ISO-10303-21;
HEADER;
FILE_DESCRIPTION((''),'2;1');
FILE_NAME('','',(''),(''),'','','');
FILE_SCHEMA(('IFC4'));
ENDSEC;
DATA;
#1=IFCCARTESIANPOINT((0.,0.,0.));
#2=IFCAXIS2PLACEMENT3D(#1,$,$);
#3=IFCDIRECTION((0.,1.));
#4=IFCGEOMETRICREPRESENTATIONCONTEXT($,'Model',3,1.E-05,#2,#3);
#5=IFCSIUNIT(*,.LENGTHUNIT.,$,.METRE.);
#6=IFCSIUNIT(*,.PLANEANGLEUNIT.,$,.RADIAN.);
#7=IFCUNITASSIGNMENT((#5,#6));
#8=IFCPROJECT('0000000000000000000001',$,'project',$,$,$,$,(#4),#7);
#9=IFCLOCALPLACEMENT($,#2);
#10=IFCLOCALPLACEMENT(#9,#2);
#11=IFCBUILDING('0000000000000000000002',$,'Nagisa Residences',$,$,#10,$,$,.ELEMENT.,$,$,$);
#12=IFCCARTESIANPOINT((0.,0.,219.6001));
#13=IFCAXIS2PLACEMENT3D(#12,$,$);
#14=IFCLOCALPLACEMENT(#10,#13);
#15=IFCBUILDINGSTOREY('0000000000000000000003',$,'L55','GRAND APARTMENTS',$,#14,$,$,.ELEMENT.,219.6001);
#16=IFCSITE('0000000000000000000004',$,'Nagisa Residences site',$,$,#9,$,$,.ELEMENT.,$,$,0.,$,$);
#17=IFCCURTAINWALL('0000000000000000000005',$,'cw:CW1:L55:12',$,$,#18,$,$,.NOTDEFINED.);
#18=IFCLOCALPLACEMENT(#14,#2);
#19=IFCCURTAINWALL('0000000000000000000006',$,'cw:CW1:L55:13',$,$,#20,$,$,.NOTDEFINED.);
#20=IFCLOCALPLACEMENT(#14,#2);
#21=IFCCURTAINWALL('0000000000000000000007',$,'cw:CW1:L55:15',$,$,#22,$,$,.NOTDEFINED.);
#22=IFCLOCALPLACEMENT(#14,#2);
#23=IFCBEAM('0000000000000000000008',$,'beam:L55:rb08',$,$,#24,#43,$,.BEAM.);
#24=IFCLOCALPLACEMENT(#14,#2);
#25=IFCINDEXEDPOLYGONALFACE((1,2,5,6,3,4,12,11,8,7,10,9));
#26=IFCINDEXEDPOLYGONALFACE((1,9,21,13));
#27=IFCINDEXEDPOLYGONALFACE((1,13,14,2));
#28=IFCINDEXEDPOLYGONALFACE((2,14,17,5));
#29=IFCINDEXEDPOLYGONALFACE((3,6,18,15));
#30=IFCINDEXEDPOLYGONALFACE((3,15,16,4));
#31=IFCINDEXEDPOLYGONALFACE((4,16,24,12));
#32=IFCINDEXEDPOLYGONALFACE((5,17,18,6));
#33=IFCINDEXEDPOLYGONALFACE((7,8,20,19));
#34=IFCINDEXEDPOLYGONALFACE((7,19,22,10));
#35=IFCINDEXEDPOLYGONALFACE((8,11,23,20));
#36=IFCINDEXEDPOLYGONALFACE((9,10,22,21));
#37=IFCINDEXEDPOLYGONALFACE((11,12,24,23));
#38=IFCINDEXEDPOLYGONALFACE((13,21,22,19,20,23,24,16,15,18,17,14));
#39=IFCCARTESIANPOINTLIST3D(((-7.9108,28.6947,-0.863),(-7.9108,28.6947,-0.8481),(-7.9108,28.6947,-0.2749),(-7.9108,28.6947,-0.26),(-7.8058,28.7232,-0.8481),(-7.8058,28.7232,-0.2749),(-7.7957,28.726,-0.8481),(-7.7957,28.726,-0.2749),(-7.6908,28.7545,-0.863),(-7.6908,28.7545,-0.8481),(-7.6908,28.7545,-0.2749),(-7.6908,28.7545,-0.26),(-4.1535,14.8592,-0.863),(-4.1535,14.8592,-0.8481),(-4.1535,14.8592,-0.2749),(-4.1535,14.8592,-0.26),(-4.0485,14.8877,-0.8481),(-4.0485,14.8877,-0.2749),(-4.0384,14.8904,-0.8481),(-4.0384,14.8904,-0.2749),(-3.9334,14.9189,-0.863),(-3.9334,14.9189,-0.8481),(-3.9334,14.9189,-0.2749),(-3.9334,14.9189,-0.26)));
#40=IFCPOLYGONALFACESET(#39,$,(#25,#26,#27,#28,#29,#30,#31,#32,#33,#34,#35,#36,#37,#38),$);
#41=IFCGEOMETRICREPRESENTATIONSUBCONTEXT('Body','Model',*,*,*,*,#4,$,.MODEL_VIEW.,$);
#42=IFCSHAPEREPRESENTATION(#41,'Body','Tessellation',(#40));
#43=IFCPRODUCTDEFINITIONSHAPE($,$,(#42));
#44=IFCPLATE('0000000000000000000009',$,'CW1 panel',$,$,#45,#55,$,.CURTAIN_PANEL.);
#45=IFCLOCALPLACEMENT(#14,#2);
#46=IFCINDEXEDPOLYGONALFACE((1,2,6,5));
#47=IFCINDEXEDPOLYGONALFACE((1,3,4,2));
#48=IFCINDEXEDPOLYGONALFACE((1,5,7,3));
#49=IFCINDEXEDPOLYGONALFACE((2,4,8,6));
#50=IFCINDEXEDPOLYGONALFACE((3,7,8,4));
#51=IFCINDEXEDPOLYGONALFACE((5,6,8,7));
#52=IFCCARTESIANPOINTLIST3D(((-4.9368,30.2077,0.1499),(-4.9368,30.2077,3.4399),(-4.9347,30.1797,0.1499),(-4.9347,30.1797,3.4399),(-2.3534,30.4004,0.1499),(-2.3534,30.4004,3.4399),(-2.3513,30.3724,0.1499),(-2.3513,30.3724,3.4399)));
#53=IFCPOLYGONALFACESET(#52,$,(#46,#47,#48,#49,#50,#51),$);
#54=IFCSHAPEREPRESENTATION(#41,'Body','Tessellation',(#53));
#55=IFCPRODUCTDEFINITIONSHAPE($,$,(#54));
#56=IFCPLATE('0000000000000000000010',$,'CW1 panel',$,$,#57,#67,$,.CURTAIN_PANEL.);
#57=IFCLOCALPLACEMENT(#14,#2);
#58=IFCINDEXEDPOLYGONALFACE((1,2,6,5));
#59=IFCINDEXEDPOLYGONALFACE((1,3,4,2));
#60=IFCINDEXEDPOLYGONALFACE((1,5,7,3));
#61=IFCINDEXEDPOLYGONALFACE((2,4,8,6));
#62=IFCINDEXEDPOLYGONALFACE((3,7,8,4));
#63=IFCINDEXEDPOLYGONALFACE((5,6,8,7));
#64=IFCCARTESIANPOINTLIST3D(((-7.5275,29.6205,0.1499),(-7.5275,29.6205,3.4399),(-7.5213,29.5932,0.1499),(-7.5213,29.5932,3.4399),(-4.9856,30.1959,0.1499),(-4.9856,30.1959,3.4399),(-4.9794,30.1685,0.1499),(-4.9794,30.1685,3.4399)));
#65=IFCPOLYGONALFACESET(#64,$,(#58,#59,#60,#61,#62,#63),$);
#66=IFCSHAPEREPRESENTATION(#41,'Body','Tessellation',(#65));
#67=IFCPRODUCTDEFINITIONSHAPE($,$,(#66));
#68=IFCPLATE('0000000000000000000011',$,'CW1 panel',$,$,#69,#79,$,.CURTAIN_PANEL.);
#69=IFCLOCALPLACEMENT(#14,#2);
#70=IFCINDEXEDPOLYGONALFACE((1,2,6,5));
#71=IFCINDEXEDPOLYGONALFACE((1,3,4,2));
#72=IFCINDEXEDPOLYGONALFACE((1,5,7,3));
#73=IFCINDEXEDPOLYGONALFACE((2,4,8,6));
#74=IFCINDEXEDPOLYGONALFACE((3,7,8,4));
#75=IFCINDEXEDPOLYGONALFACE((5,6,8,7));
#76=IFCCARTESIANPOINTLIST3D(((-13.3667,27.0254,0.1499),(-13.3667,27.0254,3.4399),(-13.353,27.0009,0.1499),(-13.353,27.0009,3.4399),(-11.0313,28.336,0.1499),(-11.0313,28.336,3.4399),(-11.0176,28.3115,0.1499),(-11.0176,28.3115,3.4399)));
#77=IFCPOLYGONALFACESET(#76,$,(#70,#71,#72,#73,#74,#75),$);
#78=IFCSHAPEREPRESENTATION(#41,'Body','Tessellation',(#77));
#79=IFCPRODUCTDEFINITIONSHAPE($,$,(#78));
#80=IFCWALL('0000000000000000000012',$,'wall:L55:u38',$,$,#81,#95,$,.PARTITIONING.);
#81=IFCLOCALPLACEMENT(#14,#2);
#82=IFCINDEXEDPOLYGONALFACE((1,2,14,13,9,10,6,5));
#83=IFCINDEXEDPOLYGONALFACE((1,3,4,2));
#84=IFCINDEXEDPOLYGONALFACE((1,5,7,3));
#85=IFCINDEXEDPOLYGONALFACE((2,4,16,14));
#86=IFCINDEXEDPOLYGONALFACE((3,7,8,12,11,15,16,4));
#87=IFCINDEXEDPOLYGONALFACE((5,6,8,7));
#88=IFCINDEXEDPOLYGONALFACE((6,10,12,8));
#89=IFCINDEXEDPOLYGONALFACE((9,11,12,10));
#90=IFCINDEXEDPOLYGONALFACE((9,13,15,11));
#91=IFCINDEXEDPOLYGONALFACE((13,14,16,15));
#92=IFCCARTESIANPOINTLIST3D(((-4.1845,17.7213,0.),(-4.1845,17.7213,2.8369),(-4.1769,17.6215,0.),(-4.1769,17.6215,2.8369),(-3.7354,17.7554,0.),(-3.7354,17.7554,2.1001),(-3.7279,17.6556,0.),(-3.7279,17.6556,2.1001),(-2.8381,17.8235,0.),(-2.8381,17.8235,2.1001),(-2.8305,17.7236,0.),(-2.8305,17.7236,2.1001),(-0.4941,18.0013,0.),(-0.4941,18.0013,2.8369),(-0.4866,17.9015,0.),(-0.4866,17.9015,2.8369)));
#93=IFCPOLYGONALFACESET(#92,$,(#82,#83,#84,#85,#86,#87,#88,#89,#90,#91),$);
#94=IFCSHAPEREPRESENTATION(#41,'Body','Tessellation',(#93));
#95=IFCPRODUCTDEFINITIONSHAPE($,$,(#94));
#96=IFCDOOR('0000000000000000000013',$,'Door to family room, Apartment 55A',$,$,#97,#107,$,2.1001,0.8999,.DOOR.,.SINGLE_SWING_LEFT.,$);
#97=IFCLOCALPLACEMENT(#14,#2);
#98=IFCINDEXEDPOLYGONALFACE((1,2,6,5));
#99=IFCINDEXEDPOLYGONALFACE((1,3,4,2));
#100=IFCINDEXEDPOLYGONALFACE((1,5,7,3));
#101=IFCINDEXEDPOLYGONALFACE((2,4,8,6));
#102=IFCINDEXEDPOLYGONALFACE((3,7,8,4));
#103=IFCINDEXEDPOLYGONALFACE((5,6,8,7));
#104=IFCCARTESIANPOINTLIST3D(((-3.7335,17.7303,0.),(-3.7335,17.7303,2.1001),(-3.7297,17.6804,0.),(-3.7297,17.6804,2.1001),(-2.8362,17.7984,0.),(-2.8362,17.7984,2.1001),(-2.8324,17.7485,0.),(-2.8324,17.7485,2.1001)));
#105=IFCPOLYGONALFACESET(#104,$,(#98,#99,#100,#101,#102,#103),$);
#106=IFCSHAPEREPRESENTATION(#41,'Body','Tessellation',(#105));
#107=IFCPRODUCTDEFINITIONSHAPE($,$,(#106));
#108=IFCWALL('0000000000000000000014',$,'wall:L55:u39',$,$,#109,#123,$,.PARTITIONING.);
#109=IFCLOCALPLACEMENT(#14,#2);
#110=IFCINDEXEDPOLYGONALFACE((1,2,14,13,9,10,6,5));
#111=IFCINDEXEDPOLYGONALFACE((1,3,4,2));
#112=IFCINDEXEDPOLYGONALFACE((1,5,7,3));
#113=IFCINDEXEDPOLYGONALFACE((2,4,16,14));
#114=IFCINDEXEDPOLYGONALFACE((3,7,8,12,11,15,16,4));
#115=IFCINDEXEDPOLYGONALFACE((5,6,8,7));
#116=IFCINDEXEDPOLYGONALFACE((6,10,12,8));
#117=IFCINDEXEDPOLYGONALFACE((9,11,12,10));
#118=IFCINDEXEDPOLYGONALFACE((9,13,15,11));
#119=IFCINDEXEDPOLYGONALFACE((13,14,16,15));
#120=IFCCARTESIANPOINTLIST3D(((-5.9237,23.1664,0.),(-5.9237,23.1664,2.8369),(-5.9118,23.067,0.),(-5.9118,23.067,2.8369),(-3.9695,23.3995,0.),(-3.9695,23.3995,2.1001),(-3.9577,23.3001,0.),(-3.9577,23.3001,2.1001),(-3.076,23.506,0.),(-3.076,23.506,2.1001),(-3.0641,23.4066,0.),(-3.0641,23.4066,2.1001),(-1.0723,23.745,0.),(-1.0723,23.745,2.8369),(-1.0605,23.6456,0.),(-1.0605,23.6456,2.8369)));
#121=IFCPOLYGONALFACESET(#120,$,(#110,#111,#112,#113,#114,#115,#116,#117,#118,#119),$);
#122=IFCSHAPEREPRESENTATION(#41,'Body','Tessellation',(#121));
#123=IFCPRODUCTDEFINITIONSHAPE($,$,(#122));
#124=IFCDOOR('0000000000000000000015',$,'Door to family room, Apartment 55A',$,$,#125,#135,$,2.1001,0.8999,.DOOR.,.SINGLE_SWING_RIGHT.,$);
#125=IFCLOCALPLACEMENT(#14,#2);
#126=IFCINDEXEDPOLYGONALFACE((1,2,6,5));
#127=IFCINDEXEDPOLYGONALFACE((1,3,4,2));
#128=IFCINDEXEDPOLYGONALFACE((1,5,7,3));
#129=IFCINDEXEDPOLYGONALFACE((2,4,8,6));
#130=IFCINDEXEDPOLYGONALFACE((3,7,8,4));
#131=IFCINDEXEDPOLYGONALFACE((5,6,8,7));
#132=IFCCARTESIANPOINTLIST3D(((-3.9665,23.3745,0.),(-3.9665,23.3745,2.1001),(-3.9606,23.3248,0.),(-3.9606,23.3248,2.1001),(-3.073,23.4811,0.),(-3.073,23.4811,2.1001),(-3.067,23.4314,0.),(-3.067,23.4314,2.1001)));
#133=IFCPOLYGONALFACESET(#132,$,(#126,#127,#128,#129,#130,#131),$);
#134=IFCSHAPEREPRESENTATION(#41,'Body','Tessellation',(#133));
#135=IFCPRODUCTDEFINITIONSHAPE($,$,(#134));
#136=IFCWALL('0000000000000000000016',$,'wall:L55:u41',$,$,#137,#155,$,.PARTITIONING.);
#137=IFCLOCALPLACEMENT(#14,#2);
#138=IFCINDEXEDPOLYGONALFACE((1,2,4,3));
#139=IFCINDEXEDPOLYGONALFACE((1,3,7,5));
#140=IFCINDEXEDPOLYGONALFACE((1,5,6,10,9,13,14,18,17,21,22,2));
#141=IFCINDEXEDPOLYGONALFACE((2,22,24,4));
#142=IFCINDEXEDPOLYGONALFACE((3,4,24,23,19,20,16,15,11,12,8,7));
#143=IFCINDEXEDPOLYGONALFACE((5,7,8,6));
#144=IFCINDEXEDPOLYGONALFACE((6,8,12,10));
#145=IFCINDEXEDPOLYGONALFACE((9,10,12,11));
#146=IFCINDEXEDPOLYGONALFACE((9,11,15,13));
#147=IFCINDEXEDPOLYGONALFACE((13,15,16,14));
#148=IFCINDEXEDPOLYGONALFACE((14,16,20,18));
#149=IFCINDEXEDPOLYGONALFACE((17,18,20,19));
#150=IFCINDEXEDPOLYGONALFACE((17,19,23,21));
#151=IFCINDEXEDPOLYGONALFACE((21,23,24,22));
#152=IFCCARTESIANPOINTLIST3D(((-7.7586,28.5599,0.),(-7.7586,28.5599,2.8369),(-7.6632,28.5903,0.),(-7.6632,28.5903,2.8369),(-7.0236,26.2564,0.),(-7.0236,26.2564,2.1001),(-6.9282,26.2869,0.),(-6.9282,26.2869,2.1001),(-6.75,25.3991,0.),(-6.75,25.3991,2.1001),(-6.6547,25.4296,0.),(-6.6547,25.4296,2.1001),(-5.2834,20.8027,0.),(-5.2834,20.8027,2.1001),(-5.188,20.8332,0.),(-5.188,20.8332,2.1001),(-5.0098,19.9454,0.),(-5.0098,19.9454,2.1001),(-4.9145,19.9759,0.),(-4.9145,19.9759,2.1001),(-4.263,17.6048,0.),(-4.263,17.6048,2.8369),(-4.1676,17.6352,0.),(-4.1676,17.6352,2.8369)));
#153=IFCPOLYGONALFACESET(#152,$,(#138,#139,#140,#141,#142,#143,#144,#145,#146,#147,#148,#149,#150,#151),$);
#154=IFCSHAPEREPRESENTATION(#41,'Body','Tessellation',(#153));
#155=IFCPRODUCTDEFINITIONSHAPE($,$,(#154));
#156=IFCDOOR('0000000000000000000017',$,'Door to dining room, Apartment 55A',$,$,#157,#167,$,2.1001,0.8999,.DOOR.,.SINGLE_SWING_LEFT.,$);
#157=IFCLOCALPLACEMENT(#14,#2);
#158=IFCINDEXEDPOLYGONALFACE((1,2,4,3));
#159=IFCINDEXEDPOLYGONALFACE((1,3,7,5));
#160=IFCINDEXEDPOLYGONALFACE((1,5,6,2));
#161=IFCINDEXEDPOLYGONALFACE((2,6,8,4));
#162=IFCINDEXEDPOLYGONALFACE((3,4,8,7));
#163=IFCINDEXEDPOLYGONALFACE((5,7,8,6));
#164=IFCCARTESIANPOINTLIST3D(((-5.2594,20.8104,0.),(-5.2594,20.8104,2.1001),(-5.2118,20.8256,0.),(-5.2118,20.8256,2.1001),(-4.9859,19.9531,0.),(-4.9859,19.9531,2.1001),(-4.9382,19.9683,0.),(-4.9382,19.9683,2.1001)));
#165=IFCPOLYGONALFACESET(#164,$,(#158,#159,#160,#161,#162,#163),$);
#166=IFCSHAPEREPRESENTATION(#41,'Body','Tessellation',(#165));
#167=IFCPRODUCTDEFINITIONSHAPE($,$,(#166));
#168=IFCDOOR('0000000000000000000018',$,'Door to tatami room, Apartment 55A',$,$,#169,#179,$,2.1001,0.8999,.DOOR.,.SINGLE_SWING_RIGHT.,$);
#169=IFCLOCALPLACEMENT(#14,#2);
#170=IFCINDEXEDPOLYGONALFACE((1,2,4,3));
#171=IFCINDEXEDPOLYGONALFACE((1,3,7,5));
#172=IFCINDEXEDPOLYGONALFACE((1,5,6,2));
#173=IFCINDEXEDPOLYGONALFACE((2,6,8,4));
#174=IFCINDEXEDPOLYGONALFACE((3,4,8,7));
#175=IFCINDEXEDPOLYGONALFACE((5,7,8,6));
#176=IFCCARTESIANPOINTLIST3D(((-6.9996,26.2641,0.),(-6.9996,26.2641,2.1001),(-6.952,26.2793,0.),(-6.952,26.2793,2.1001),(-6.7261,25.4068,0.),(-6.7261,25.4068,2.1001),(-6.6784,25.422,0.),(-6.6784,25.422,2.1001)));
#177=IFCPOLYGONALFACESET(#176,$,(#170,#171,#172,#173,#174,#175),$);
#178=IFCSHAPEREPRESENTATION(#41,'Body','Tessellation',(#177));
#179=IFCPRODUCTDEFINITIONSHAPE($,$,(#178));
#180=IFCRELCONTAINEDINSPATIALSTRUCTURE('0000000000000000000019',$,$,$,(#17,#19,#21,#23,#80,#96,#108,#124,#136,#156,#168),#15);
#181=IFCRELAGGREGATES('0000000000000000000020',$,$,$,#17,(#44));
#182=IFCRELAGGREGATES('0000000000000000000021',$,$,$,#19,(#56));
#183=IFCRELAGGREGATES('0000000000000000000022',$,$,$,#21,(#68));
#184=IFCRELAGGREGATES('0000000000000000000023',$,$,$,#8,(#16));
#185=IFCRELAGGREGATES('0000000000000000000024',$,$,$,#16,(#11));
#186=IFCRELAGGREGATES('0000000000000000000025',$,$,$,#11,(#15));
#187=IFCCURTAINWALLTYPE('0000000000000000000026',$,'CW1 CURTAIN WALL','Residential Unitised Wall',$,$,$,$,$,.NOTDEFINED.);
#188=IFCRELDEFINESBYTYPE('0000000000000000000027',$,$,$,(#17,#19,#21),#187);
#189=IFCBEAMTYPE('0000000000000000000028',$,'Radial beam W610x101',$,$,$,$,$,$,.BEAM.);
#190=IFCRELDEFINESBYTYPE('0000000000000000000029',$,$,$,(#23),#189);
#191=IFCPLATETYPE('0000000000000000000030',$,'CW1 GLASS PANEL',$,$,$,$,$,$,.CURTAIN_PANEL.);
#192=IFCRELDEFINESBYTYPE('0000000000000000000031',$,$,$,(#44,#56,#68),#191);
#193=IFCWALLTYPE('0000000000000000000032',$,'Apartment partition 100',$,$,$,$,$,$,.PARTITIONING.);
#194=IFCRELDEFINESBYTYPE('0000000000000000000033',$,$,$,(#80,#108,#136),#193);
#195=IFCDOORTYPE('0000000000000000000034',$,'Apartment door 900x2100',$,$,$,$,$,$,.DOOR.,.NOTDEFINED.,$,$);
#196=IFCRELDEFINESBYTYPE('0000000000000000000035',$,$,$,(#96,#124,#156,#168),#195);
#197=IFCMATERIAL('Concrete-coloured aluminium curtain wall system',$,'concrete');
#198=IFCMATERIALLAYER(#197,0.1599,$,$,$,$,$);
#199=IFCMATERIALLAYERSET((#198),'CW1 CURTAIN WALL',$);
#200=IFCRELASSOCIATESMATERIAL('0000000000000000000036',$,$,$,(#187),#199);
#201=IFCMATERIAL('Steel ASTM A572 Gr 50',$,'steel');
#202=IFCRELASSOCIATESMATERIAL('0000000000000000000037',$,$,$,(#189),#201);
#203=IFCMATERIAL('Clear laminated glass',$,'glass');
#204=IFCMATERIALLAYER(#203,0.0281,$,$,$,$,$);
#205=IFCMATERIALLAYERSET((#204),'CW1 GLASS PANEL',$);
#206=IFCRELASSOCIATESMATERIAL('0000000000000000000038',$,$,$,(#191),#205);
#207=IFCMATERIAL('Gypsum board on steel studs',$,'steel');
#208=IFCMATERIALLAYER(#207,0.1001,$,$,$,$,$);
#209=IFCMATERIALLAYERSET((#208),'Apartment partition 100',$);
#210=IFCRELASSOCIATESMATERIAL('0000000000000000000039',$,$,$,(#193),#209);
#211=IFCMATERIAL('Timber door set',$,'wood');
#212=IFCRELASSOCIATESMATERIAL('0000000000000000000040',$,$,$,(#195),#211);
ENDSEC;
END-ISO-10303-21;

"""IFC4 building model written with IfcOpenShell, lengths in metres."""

from ifc_helpers import new_model, si_unit, direction, frame, frame_2d, origin, origin_2d, place, context, subcontext, project, spatial, rectangle, i_section, extrude, material, layer, layer_set, material_profile, profile_set, type_object, element, fill, aggregate, save


model = new_model("IFC4")

# Units and contexts
model_context = context("Model", 3, precision=1e-05, world=origin(), true_north=direction((0.0, 1.0)))
body_context = subcontext(model_context, "Body", "Model", "MODEL_VIEW")
ifc_project = project(units=[si_unit("LENGTHUNIT", "METRE"), si_unit("PLANEANGLEUNIT", "RADIAN")], contexts=[model_context])

# Site, building, storey
site_placement = place(None, origin())
site = spatial("IfcSite", under=ifc_project, at=site_placement, Name="Nagisa Residences site", CompositionType="ELEMENT", RefElevation=0.0)
building_placement = place(site_placement, origin())
building = spatial("IfcBuilding", under=site, at=building_placement, Name="Nagisa Residences", CompositionType="ELEMENT")
storey_placement = place(building_placement, frame((0.0, 0.0, 219.6001)))
storey = spatial("IfcBuildingStorey", under=building, at=storey_placement, Name="L55", Description="GRAND APARTMENTS", CompositionType="ELEMENT", Elevation=219.6001)

# Curtain walls
ifc_material_1 = material(Name="Concrete-coloured aluminium curtain wall system", Category="concrete")
ifc_layer_1 = layer(ifc_material_1, 0.1599)
ifc_layer_set_1 = layer_set([ifc_layer_1], Name="CW1 CURTAIN WALL")
curtain_wall_type = type_object("IfcCurtainWallType", Name="CW1 CURTAIN WALL", Description="Residential Unitised Wall", PredefinedType="NOTDEFINED", material=ifc_layer_set_1)
curtain_wall_1_placement = place(storey_placement, origin())
curtain_wall_1 = element("IfcCurtainWall", 1, at=curtain_wall_1_placement, inside=storey, type_object=curtain_wall_type, Name="cw:CW1:L55:12", PredefinedType="NOTDEFINED")
curtain_wall_2_placement = place(storey_placement, origin())
curtain_wall_2 = element("IfcCurtainWall", 2, at=curtain_wall_2_placement, inside=storey, type_object=curtain_wall_type, Name="cw:CW1:L55:13", PredefinedType="NOTDEFINED")
curtain_wall_3_placement = place(storey_placement, origin())
curtain_wall_3 = element("IfcCurtainWall", 3, at=curtain_wall_3_placement, inside=storey, type_object=curtain_wall_type, Name="cw:CW1:L55:15", PredefinedType="NOTDEFINED")

# Beam
ifc_material_2 = material(Name="Steel ASTM A572 Gr 50", Category="steel")
ifc_material_profile_1 = material_profile(ifc_material_2, i_section(OverallWidth=0.228, OverallDepth=0.603, WebThickness=0.0105, FlangeThickness=0.0149, at=origin_2d()), Name="W610x101")
ifc_profile_set_1 = profile_set([ifc_material_profile_1], Name="Steel ASTM A572 Gr 50")
beam_type_1 = type_object("IfcBeamType", Name="Radial beam W610x101", PredefinedType="BEAM", material=ifc_profile_set_1)
beam_1_placement = place(storey_placement, frame((-7.8008, 28.7246, -0.5615), z_axis=(0.26208, -0.965046, 0.0), x_axis=(0.965046, 0.26208, 0.0)))
element("IfcBeam", 4, at=beam_1_placement, inside=storey, type_object=beam_type_1, Name="beam:L55:rb08", PredefinedType="BEAM", context=body_context, shape_type="SweptSolid", body=[
    extrude(i_section(OverallWidth=0.228, OverallDepth=0.603, WebThickness=0.0105, FlangeThickness=0.0149, at=origin_2d()), origin(), (0.0, 0.0, 1.0), 14.3367),
])

# Plates
ifc_material_3 = material(Name="Clear laminated glass", Category="glass")
ifc_layer_2 = layer(ifc_material_3, 0.0281)
ifc_layer_set_2 = layer_set([ifc_layer_2], Name="CW1 GLASS PANEL")
plate_type = type_object("IfcPlateType", Name="CW1 GLASS PANEL", PredefinedType="CURTAIN_PANEL", material=ifc_layer_set_2)
plate_1_placement = place(storey_placement, frame((-3.644, 30.29, 0.1499), z_axis=(0.0, 0.0, 1.0), x_axis=(-0.99723, -0.074377, 0.0)))
plate_1 = element("IfcPlate", 5, at=plate_1_placement, type_object=plate_type, Name="CW1 panel", PredefinedType="CURTAIN_PANEL", context=body_context, shape_type="SweptSolid", body=[
    extrude(rectangle(XDim=2.5906, YDim=0.0281, at=origin_2d()), origin(), (0.0, 0.0, 1.0), 3.29),
])
aggregate(curtain_wall_1, [plate_1])
plate_2_placement = place(storey_placement, frame((-6.2534, 29.8945, 0.1499), z_axis=(0.0, 0.0, 1.0), x_axis=(-0.975327, -0.220764, 0.0)))
plate_2 = element("IfcPlate", 6, at=plate_2_placement, type_object=plate_type, Name="CW1 panel", PredefinedType="CURTAIN_PANEL", context=body_context, shape_type="SweptSolid", body=[
    extrude(rectangle(XDim=2.6062, YDim=0.0281, at=origin_2d()), origin(), (0.0, 0.0, 1.0), 3.29),
])
aggregate(curtain_wall_2, [plate_2])
plate_3_placement = place(storey_placement, frame((-12.1921, 27.6685, 0.1499), z_axis=(0.0, 0.0, 1.0), x_axis=(-0.872072, -0.489377, 0.0)))
plate_3 = element("IfcPlate", 7, at=plate_3_placement, type_object=plate_type, Name="CW1 panel", PredefinedType="CURTAIN_PANEL", context=body_context, shape_type="SweptSolid", body=[
    extrude(rectangle(XDim=2.678, YDim=0.0281, at=origin_2d()), origin(), (0.0, 0.0, 1.0), 3.29),
])
aggregate(curtain_wall_3, [plate_3])

# Walls, openings, doors
ifc_material_4 = material(Name="Gypsum board on steel studs", Category="steel")
ifc_layer_3 = layer(ifc_material_4, 0.1001)
ifc_layer_set_3 = layer_set([ifc_layer_3], Name="Apartment partition 100")
wall_type_1 = type_object("IfcWallType", Name="Apartment partition 100", PredefinedType="PARTITIONING", material=ifc_layer_set_3)
wall_1_placement = place(storey_placement, frame((-0.4902, 17.9514, 0.0), z_axis=(0.0, 0.0, 1.0), x_axis=(-0.997133, -0.075662, 0.0)))
wall_1 = element("IfcWall", 8, at=wall_1_placement, inside=storey, type_object=wall_type_1, Name="wall:L55:u38", PredefinedType="PARTITIONING", context=body_context, shape_type="SweptSolid", body=[
    extrude(rectangle(XDim=3.7009, YDim=0.1001, at=frame_2d((1.8506, 0.0))), origin(), (0.0, 0.0, 1.0), 2.8369),
])
opening_1_placement = place(wall_1_placement, frame((2.3508, 0.0, 0.0)))
opening_1 = element("IfcOpeningElement", 9, at=opening_1_placement, cuts=wall_1, PredefinedType="OPENING", context=body_context, shape_type="SweptSolid", body=[
    extrude(rectangle(XDim=0.8999, YDim=2.1001, at=frame_2d((0.45, 1.05))), frame((0.0, 0.0601, 0.0), z_axis=(0.0, -1.0, 0.0), x_axis=(1.0, 0.0, 0.0)), (0.0, 0.0, 1.0), 0.1201),
])
ifc_material_5 = material(Name="Timber door set", Category="wood")
door_type_1 = type_object("IfcDoorType", Name="Apartment door 900x2100", OperationType="NOTDEFINED", PredefinedType="DOOR", material=ifc_material_5)
door_1_placement = place(opening_1_placement, frame((0.8999, 0.0, 0.0), x_axis=(-1.0, 0.0, 0.0)))
door_1 = element("IfcDoor", 10, at=door_1_placement, inside=storey, type_object=door_type_1, Name="Door to family room, Apartment 55A", OperationType="SINGLE_SWING_LEFT", OverallHeight=2.1001, OverallWidth=0.8999, PredefinedType="DOOR", context=body_context, shape_type="SweptSolid", body=[
    extrude(rectangle(XDim=0.8999, YDim=2.1001, at=frame_2d((0.45, 1.05))), frame((0.0, 0.0249, 0.0), z_axis=(0.0, -1.0, 0.0), x_axis=(1.0, 0.0, 0.0)), (0.0, 0.0, 1.0), 0.05),
])
fill(opening_1, door_1)
wall_2_placement = place(storey_placement, frame((-1.0664, 23.6953, 0.0), z_axis=(0.0, 0.0, 1.0), x_axis=(-0.992962, -0.11843, 0.0)))
wall_2 = element("IfcWall", 11, at=wall_2_placement, inside=storey, type_object=wall_type_1, Name="wall:L55:u39", PredefinedType="PARTITIONING", context=body_context, shape_type="SweptSolid", body=[
    extrude(rectangle(XDim=4.8857, YDim=0.1001, at=frame_2d((2.4429, 0.0))), origin(), (0.0, 0.0, 1.0), 2.8369),
])
opening_2_placement = place(wall_2_placement, frame((2.0178, 0.0, 0.0)))
opening_2 = element("IfcOpeningElement", 12, at=opening_2_placement, cuts=wall_2, PredefinedType="OPENING", context=body_context, shape_type="SweptSolid", body=[
    extrude(rectangle(XDim=0.8999, YDim=2.1001, at=frame_2d((0.45, 1.05))), frame((0.0, 0.0601, 0.0), z_axis=(0.0, -1.0, 0.0), x_axis=(1.0, 0.0, 0.0)), (0.0, 0.0, 1.0), 0.1201),
])
door_2_placement = place(opening_2_placement, frame((0.8999, 0.0, 0.0), x_axis=(-1.0, 0.0, 0.0)))
door_2 = element("IfcDoor", 13, at=door_2_placement, inside=storey, type_object=door_type_1, Name="Door to family room, Apartment 55A", OperationType="SINGLE_SWING_RIGHT", OverallHeight=2.1001, OverallWidth=0.8999, PredefinedType="DOOR", context=body_context, shape_type="SweptSolid", body=[
    extrude(rectangle(XDim=0.8999, YDim=2.1001, at=frame_2d((0.45, 1.05))), frame((0.0, 0.0249, 0.0), z_axis=(0.0, -1.0, 0.0), x_axis=(1.0, 0.0, 0.0)), (0.0, 0.0, 1.0), 0.05),
])
fill(opening_2, door_2)

# Wall, openings, doors
wall_3_placement = place(storey_placement, frame((-4.2153, 17.6201, 0.0), z_axis=(0.0, 0.0, 1.0), x_axis=(-0.303985, 0.952677, 0.0)))
wall_3 = element("IfcWall", 14, at=wall_3_placement, inside=storey, type_object=wall_type_1, Name="wall:L55:u41", PredefinedType="PARTITIONING", context=body_context, shape_type="SweptSolid", body=[
    extrude(rectangle(XDim=11.4993, YDim=0.1001, at=frame_2d((5.7495, 0.0))), origin(), (0.0, 0.0, 1.0), 2.8369),
])
opening_3_placement = place(wall_3_placement, frame((2.4568, 0.0, 0.0)))
opening_3 = element("IfcOpeningElement", 15, at=opening_3_placement, cuts=wall_3, PredefinedType="OPENING", context=body_context, shape_type="SweptSolid", body=[
    extrude(rectangle(XDim=0.8999, YDim=2.1001, at=frame_2d((0.45, 1.05))), frame((0.0, 0.0601, 0.0), z_axis=(0.0, -1.0, 0.0), x_axis=(1.0, 0.0, 0.0)), (0.0, 0.0, 1.0), 0.1201),
])
opening_4_placement = place(wall_3_placement, frame((8.1814, 0.0, 0.0)))
opening_4 = element("IfcOpeningElement", 16, at=opening_4_placement, cuts=wall_3, PredefinedType="OPENING", context=body_context, shape_type="SweptSolid", body=[
    extrude(rectangle(XDim=0.8999, YDim=2.1001, at=frame_2d((0.45, 1.05))), frame((0.0, 0.0601, 0.0), z_axis=(0.0, -1.0, 0.0), x_axis=(1.0, 0.0, 0.0)), (0.0, 0.0, 1.0), 0.1201),
])
door_3_placement = place(opening_3_placement, origin())
door_3 = element("IfcDoor", 17, at=door_3_placement, inside=storey, type_object=door_type_1, Name="Door to dining room, Apartment 55A", OperationType="SINGLE_SWING_LEFT", OverallHeight=2.1001, OverallWidth=0.8999, PredefinedType="DOOR", context=body_context, shape_type="SweptSolid", body=[
    extrude(rectangle(XDim=0.8999, YDim=2.1001, at=frame_2d((0.45, 1.05))), frame((0.0, 0.0249, 0.0), z_axis=(0.0, -1.0, 0.0), x_axis=(1.0, 0.0, 0.0)), (0.0, 0.0, 1.0), 0.05),
])
fill(opening_3, door_3)
door_4_placement = place(opening_4_placement, origin())
door_4 = element("IfcDoor", 18, at=door_4_placement, inside=storey, type_object=door_type_1, Name="Door to tatami room, Apartment 55A", OperationType="SINGLE_SWING_RIGHT", OverallHeight=2.1001, OverallWidth=0.8999, PredefinedType="DOOR", context=body_context, shape_type="SweptSolid", body=[
    extrude(rectangle(XDim=0.8999, YDim=2.1001, at=frame_2d((0.45, 1.05))), frame((0.0, 0.0249, 0.0), z_axis=(0.0, -1.0, 0.0), x_axis=(1.0, 0.0, 0.0)), (0.0, 0.0, 1.0), 0.05),
])
fill(opening_4, door_4)

save(model, "model.ifc")
